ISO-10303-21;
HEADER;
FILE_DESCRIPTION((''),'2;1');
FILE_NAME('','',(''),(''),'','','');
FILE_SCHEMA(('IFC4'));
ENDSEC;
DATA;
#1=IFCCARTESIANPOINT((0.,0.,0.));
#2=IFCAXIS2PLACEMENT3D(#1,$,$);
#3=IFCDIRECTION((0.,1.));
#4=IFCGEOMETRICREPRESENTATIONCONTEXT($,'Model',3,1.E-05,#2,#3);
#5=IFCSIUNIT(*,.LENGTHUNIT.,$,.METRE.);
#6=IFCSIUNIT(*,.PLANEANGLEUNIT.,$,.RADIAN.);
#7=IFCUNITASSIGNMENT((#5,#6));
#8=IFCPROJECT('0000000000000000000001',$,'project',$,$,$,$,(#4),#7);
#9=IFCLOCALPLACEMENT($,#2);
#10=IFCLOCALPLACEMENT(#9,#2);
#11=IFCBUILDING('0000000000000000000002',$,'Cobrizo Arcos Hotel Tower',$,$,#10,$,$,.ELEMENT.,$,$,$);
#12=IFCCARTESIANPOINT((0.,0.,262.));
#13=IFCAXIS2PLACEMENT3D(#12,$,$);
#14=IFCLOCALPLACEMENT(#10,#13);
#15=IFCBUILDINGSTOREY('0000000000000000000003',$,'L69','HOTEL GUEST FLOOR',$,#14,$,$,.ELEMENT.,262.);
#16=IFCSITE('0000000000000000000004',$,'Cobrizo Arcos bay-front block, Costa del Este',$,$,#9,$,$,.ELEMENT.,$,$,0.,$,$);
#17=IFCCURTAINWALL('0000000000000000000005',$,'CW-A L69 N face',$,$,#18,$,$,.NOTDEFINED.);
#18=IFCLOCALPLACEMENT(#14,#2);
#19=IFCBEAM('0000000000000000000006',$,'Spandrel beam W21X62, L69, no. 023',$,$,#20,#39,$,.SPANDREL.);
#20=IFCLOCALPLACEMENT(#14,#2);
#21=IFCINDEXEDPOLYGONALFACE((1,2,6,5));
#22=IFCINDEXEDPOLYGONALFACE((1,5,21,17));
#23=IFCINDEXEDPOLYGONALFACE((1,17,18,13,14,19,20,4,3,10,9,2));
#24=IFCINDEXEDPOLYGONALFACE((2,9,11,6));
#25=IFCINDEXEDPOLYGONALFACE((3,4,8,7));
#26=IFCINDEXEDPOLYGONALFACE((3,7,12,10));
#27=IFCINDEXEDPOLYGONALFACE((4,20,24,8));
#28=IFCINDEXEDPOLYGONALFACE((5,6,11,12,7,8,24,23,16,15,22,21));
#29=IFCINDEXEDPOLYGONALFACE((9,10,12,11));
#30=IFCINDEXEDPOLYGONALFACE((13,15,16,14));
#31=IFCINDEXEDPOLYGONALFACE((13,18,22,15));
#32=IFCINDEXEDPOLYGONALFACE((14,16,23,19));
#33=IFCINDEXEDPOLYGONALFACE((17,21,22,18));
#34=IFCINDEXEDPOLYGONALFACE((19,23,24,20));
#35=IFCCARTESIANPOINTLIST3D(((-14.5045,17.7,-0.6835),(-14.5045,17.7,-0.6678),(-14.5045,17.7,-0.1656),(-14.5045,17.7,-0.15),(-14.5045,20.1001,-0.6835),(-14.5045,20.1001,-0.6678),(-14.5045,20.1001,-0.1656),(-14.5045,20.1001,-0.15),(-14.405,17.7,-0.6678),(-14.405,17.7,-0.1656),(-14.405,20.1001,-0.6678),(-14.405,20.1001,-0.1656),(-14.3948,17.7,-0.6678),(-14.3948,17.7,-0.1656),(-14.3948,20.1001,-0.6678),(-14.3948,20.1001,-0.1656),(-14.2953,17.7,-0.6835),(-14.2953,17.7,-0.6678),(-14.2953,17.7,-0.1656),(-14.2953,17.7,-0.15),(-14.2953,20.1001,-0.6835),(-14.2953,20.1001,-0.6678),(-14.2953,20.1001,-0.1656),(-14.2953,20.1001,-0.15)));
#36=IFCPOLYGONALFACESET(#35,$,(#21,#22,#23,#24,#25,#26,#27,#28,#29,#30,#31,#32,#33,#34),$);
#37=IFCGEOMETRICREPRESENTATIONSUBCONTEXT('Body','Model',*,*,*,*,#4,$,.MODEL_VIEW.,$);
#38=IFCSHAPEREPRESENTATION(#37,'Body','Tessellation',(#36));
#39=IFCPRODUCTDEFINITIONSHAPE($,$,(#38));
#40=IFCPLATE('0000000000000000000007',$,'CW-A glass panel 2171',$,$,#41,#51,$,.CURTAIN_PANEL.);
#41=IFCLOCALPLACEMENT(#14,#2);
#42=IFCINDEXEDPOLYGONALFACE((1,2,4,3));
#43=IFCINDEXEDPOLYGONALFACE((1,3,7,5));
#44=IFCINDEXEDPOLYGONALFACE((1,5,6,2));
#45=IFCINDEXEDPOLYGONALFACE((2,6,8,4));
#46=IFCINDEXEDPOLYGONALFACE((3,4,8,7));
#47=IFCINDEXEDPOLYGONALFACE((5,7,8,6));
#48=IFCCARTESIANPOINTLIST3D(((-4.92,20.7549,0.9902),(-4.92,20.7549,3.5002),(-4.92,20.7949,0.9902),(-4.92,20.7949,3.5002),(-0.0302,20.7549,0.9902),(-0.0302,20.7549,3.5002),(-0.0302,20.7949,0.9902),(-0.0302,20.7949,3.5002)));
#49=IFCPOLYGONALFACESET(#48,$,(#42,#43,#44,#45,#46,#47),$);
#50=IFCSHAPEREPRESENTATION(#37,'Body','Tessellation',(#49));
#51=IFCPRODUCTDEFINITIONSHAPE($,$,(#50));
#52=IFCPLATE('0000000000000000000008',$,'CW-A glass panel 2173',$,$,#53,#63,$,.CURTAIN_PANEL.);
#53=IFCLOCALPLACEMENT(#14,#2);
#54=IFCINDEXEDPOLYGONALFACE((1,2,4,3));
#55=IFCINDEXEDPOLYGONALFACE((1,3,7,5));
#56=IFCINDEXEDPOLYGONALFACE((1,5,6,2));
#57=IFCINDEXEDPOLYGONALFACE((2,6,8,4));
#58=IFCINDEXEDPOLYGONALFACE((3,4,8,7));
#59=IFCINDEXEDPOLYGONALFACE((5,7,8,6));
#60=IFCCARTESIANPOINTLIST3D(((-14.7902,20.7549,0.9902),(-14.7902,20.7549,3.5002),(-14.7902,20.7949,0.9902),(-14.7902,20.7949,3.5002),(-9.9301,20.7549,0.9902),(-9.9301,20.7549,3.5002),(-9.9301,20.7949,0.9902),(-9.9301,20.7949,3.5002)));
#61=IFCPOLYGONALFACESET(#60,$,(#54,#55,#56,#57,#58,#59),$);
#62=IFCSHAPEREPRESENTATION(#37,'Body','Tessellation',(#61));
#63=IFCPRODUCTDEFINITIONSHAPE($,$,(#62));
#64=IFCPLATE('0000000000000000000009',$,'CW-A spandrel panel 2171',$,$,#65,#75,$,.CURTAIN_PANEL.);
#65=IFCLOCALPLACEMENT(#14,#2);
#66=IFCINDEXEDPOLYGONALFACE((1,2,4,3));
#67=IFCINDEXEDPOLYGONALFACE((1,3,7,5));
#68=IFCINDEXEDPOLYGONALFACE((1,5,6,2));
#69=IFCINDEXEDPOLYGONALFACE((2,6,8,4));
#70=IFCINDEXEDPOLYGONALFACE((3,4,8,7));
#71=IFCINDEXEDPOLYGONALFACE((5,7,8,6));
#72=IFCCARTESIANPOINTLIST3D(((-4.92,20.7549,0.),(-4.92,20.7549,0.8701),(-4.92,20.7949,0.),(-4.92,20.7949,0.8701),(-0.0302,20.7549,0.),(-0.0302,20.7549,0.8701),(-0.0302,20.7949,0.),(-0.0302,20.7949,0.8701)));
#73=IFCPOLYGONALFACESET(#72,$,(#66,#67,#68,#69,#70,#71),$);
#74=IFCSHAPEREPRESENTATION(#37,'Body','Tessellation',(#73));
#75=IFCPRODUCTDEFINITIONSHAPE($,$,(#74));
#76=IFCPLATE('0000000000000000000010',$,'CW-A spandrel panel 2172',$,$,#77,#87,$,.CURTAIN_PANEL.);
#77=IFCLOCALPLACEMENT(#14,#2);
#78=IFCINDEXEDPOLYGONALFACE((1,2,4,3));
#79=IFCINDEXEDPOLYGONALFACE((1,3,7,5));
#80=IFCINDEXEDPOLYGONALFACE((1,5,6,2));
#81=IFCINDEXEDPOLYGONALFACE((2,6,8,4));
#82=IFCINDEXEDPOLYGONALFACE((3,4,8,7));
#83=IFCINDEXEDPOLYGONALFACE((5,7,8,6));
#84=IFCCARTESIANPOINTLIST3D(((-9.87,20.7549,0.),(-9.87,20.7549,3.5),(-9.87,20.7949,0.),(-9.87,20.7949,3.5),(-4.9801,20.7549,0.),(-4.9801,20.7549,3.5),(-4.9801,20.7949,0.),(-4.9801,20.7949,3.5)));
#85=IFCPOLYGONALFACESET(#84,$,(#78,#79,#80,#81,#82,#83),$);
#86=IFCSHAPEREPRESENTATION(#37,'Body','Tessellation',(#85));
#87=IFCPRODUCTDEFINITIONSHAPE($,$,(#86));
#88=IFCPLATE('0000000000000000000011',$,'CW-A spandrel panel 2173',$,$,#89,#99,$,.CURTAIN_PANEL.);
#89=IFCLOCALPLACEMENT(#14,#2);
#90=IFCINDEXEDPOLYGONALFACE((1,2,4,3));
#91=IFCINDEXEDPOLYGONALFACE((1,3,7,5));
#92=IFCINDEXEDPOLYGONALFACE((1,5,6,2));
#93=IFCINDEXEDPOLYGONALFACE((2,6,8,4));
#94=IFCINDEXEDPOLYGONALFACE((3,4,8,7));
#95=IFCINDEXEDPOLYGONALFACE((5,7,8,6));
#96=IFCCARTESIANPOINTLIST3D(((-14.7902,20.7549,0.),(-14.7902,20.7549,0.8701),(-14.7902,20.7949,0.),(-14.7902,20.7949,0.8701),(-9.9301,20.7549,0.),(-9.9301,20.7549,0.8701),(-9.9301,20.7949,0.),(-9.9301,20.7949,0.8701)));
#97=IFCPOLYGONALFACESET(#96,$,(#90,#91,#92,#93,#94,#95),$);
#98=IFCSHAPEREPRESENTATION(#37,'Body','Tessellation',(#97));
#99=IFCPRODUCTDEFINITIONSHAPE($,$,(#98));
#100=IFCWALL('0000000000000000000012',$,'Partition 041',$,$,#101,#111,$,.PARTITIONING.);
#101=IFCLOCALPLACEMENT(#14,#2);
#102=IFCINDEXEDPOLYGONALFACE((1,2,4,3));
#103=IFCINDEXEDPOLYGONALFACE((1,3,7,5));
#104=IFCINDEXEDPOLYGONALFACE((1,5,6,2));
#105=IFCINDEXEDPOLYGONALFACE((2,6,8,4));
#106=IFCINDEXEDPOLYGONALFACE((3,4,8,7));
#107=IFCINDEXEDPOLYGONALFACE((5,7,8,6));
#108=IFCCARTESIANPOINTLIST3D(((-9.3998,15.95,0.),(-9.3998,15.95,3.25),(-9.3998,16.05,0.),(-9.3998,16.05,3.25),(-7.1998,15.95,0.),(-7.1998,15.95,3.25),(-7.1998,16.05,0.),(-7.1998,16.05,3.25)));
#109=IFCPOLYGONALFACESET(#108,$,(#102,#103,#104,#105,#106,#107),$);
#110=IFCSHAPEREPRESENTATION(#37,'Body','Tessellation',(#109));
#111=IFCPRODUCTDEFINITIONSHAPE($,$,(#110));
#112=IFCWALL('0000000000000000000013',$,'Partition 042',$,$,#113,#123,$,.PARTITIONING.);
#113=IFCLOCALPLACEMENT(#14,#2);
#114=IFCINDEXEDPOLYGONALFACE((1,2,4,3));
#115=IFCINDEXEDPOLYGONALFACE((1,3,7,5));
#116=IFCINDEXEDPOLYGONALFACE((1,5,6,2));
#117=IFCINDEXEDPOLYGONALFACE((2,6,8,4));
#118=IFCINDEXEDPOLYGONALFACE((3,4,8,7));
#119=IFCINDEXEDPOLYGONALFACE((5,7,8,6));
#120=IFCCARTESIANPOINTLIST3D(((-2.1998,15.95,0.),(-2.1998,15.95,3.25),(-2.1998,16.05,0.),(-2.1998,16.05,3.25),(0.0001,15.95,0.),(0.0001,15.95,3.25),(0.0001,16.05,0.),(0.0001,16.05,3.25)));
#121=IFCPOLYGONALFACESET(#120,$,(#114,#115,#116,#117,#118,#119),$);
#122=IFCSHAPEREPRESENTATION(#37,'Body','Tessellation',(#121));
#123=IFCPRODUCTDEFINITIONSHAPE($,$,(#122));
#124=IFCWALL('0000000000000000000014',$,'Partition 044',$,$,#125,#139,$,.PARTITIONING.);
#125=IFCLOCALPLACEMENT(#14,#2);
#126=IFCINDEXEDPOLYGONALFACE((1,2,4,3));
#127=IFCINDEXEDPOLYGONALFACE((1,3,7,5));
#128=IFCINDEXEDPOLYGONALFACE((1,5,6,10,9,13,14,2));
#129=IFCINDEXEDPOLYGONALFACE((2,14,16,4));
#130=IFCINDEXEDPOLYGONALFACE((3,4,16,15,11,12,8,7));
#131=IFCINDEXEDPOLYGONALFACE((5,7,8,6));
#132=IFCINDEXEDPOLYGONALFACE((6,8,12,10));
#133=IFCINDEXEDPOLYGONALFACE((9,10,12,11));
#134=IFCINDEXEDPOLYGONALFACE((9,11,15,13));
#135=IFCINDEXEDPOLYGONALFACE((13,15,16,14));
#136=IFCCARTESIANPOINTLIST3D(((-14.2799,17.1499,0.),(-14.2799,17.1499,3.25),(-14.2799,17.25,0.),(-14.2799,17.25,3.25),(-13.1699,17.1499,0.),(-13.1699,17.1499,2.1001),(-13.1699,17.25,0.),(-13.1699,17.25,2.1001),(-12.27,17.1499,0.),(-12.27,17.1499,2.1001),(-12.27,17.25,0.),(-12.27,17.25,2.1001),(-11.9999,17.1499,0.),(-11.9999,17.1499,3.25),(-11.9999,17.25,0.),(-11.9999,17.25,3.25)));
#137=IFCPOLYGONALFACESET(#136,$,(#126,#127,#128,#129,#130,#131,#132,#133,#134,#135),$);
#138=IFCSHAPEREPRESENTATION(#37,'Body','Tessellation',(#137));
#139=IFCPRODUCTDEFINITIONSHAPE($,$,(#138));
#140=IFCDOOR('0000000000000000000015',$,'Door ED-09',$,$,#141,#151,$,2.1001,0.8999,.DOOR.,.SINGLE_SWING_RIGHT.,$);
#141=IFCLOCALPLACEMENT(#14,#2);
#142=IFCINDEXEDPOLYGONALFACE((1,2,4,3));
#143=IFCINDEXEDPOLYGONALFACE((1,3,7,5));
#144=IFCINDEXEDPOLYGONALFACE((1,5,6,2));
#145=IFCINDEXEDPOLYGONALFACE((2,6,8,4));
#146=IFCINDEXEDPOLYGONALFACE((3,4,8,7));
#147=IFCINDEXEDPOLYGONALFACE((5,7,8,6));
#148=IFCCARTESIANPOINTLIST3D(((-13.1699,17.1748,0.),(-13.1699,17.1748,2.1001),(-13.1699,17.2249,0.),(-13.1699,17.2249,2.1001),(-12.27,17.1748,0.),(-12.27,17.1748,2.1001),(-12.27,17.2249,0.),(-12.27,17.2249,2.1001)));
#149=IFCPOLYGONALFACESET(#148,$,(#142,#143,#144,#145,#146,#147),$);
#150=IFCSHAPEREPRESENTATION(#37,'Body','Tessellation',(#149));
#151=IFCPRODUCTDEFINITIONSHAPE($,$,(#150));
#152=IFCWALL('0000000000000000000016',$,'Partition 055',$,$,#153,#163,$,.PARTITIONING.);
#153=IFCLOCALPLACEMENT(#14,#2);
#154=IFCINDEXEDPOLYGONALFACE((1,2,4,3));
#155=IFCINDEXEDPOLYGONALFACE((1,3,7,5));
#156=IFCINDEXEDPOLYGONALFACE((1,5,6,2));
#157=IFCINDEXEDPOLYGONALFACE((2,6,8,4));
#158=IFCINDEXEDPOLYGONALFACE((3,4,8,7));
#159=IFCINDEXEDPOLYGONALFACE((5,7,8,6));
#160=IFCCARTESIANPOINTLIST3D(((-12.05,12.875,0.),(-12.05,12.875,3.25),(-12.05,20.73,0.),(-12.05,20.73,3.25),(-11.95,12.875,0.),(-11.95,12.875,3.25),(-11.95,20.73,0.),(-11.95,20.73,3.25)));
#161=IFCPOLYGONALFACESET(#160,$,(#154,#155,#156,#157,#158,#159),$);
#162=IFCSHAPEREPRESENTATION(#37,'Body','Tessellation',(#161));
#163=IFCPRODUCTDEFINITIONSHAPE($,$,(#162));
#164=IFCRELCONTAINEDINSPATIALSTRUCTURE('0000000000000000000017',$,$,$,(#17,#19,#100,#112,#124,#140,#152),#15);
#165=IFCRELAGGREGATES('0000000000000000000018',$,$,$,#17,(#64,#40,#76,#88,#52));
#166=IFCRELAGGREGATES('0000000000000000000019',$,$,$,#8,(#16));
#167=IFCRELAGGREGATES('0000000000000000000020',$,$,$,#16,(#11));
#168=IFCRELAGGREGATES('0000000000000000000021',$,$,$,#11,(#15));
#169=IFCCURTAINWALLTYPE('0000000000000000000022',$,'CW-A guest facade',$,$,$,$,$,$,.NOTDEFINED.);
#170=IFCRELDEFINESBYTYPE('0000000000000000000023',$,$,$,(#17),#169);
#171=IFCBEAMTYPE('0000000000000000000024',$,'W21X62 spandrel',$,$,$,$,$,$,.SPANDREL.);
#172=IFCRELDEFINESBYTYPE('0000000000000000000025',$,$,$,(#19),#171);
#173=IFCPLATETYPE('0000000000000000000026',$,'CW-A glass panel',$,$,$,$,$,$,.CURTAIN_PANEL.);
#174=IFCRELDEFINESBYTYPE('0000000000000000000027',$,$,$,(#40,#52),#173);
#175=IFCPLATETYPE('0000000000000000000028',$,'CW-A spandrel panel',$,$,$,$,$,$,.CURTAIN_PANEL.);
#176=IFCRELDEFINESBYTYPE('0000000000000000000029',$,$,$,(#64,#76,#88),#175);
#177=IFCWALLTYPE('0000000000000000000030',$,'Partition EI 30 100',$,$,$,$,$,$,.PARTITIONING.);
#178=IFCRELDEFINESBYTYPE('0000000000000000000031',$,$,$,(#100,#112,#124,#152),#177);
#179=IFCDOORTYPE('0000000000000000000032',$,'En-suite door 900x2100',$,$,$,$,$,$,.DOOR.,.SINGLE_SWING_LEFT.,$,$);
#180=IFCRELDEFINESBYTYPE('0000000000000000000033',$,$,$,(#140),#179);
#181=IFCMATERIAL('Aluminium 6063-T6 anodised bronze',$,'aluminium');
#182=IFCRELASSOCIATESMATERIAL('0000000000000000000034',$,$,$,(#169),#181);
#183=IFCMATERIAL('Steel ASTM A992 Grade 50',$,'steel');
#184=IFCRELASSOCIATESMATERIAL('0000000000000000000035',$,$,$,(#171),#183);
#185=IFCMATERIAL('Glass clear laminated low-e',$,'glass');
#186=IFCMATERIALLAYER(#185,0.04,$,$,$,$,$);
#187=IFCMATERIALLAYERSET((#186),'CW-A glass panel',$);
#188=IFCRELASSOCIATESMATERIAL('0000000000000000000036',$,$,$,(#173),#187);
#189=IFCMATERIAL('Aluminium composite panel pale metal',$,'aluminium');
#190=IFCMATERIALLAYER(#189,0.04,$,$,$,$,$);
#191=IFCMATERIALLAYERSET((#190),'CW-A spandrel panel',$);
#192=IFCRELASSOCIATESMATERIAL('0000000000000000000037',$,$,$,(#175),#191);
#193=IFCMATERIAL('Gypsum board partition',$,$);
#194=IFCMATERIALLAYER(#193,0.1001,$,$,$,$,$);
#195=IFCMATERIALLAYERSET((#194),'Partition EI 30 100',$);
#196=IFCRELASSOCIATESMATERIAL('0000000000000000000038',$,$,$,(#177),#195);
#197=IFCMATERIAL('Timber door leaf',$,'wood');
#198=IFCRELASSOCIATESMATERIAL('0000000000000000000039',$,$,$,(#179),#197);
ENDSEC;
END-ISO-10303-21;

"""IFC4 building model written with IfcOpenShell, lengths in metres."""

from ifc_helpers import new_model, si_unit, direction, frame, frame_2d, origin, origin_2d, place, context, subcontext, project, spatial, rectangle, i_section, extrude, material, layer, layer_set, material_profile, profile_set, type_object, element, fill, aggregate, save


model = new_model("IFC4")

# Units and contexts
model_context = context("Model", 3, precision=1e-05, world=origin(), true_north=direction((0.0, 1.0)))
body_context = subcontext(model_context, "Body", "Model", "MODEL_VIEW")
ifc_project = project(units=[si_unit("LENGTHUNIT", "METRE"), si_unit("PLANEANGLEUNIT", "RADIAN")], contexts=[model_context])

# Site, building, storey
site_placement = place(None, origin())
site = spatial("IfcSite", under=ifc_project, at=site_placement, Name="Cobrizo Arcos bay-front block, Costa del Este", CompositionType="ELEMENT", RefElevation=0.0)
building_placement = place(site_placement, origin())
building = spatial("IfcBuilding", under=site, at=building_placement, Name="Cobrizo Arcos Hotel Tower", CompositionType="ELEMENT")
storey_placement = place(building_placement, frame((0.0, 0.0, 262.0)))
storey = spatial("IfcBuildingStorey", under=building, at=storey_placement, Name="L69", Description="HOTEL GUEST FLOOR", CompositionType="ELEMENT", Elevation=262.0)

# Curtain wall
ifc_material_1 = material(Name="Aluminium 6063-T6 anodised bronze", Category="aluminium")
curtain_wall_type = type_object("IfcCurtainWallType", Name="CW-A guest facade", PredefinedType="NOTDEFINED", material=ifc_material_1)
curtain_wall_placement = place(storey_placement, origin())
curtain_wall = element("IfcCurtainWall", 1, at=curtain_wall_placement, inside=storey, type_object=curtain_wall_type, Name="CW-A L69 N face", PredefinedType="NOTDEFINED")

# Beam
ifc_material_2 = material(Name="Steel ASTM A992 Grade 50", Category="steel")
ifc_material_profile_1 = material_profile(ifc_material_2, i_section(OverallWidth=0.2092, OverallDepth=0.5334, WebThickness=0.0103, FlangeThickness=0.0156, at=origin_2d()), Name="W21X62")
ifc_profile_set_1 = profile_set([ifc_material_profile_1], Name="Steel ASTM A992 Grade 50")
beam_type = type_object("IfcBeamType", Name="W21X62 spandrel", PredefinedType="SPANDREL", material=ifc_profile_set_1)
beam_1_placement = place(storey_placement, frame((-14.3999, 20.1001, -0.4167), z_axis=(0.0, -1.0, 0.0), x_axis=(1.0, 0.0, 0.0)))
element("IfcBeam", 2, at=beam_1_placement, inside=storey, type_object=beam_type, Name="Spandrel beam W21X62, L69, no. 023", PredefinedType="SPANDREL", context=body_context, shape_type="SweptSolid", body=[
    extrude(i_section(OverallWidth=0.2092, OverallDepth=0.5334, WebThickness=0.0103, FlangeThickness=0.0156, at=origin_2d()), origin(), (0.0, 0.0, 1.0), 2.4001),
])

# Plates
ifc_material_3 = material(Name="Glass clear laminated low-e", Category="glass")
ifc_layer_1 = layer(ifc_material_3, 0.04)
ifc_layer_set_1 = layer_set([ifc_layer_1], Name="CW-A glass panel")
plate_type_1 = type_object("IfcPlateType", Name="CW-A glass panel", PredefinedType="CURTAIN_PANEL", material=ifc_layer_set_1)
plate_1_placement = place(storey_placement, frame((-2.4751, 20.7749, 0.9902), z_axis=(0.0, 0.0, 1.0), x_axis=(-1.0, 0.0, 0.0)))
plate_1 = element("IfcPlate", 3, at=plate_1_placement, type_object=plate_type_1, Name="CW-A glass panel 2171", PredefinedType="CURTAIN_PANEL", context=body_context, shape_type="SweptSolid", body=[
    extrude(rectangle(XDim=4.8899, YDim=0.04, at=origin_2d()), origin(), (0.0, 0.0, 1.0), 2.51),
])
plate_2_placement = place(storey_placement, frame((-12.3601, 20.7749, 0.9902), z_axis=(0.0, 0.0, 1.0), x_axis=(-1.0, 0.0, 0.0)))
plate_2 = element("IfcPlate", 4, at=plate_2_placement, type_object=plate_type_1, Name="CW-A glass panel 2173", PredefinedType="CURTAIN_PANEL", context=body_context, shape_type="SweptSolid", body=[
    extrude(rectangle(XDim=4.8601, YDim=0.04, at=origin_2d()), origin(), (0.0, 0.0, 1.0), 2.51),
])
ifc_material_4 = material(Name="Aluminium composite panel pale metal", Category="aluminium")
ifc_layer_2 = layer(ifc_material_4, 0.04)
ifc_layer_set_2 = layer_set([ifc_layer_2], Name="CW-A spandrel panel")
plate_type_2 = type_object("IfcPlateType", Name="CW-A spandrel panel", PredefinedType="CURTAIN_PANEL", material=ifc_layer_set_2)
plate_3_placement = place(storey_placement, frame((-2.4751, 20.7749, 0.0), z_axis=(0.0, 0.0, 1.0), x_axis=(-1.0, 0.0, 0.0)))
plate_3 = element("IfcPlate", 5, at=plate_3_placement, type_object=plate_type_2, Name="CW-A spandrel panel 2171", PredefinedType="CURTAIN_PANEL", context=body_context, shape_type="SweptSolid", body=[
    extrude(rectangle(XDim=4.8899, YDim=0.04, at=origin_2d()), origin(), (0.0, 0.0, 1.0), 0.8701),
])
plate_4_placement = place(storey_placement, frame((-7.425, 20.7749, 0.0), z_axis=(0.0, 0.0, 1.0), x_axis=(-1.0, 0.0, 0.0)))
plate_4 = element("IfcPlate", 6, at=plate_4_placement, type_object=plate_type_2, Name="CW-A spandrel panel 2172", PredefinedType="CURTAIN_PANEL", context=body_context, shape_type="SweptSolid", body=[
    extrude(rectangle(XDim=4.8899, YDim=0.04, at=origin_2d()), origin(), (0.0, 0.0, 1.0), 3.5),
])
plate_5_placement = place(storey_placement, frame((-12.3601, 20.7749, 0.0), z_axis=(0.0, 0.0, 1.0), x_axis=(-1.0, 0.0, 0.0)))
plate_5 = element("IfcPlate", 7, at=plate_5_placement, type_object=plate_type_2, Name="CW-A spandrel panel 2173", PredefinedType="CURTAIN_PANEL", context=body_context, shape_type="SweptSolid", body=[
    extrude(rectangle(XDim=4.8601, YDim=0.04, at=origin_2d()), origin(), (0.0, 0.0, 1.0), 0.8701),
])
aggregate(curtain_wall, [plate_3, plate_1, plate_4, plate_5, plate_2])

# Walls
ifc_material_5 = material(Name="Gypsum board partition")
ifc_layer_3 = layer(ifc_material_5, 0.1001)
ifc_layer_set_3 = layer_set([ifc_layer_3], Name="Partition EI 30 100")
wall_type = type_object("IfcWallType", Name="Partition EI 30 100", PredefinedType="PARTITIONING", material=ifc_layer_set_3)
for number, where, z_axis, x_axis, name in (
    (8, (-9.3999, 16.0, 0.0), (0.0, 0.0, 1.0), (1.0, 0.0, 0.0), "Partition 041"),
    (9, (-2.2, 16.0, 0.0), (0.0, 0.0, 1.0), (1.0, 0.0, 0.0), "Partition 042"),
):
    element("IfcWall", number, at=place(storey_placement, frame(where, z_axis=z_axis, x_axis=x_axis)), inside=storey, type_object=wall_type, Name=name, PredefinedType="PARTITIONING", context=body_context, shape_type="SweptSolid", body=[
        extrude(rectangle(XDim=2.2, YDim=0.1001, at=frame_2d((1.1001, 0.0))), origin(), (0.0, 0.0, 1.0), 3.25),
    ])

# Wall, opening, door
wall_1_placement = place(storey_placement, frame((-14.28, 17.2, 0.0), z_axis=(0.0, 0.0, 1.0), x_axis=(1.0, 0.0, 0.0)))
wall_1 = element("IfcWall", 10, at=wall_1_placement, inside=storey, type_object=wall_type, Name="Partition 044", PredefinedType="PARTITIONING", context=body_context, shape_type="SweptSolid", body=[
    extrude(rectangle(XDim=2.28, YDim=0.1001, at=frame_2d((1.1401, 0.0))), origin(), (0.0, 0.0, 1.0), 3.25),
])
opening_1_placement = place(wall_1_placement, frame((1.1101, 0.0, 0.0)))
opening_1 = element("IfcOpeningElement", 11, at=opening_1_placement, cuts=wall_1, PredefinedType="OPENING", context=body_context, shape_type="SweptSolid", body=[
    extrude(rectangle(XDim=0.8999, YDim=2.1001, at=frame_2d((0.45, 1.05))), frame((0.0, 0.062, 0.0), z_axis=(0.0, -1.0, 0.0), x_axis=(1.0, 0.0, 0.0)), (0.0, 0.0, 1.0), 0.124),
])
ifc_material_6 = material(Name="Timber door leaf", Category="wood")
door_type = type_object("IfcDoorType", Name="En-suite door 900x2100", OperationType="SINGLE_SWING_LEFT", PredefinedType="DOOR", material=ifc_material_6)
door_1_placement = place(opening_1_placement, origin())
door_1 = element("IfcDoor", 12, at=door_1_placement, inside=storey, type_object=door_type, Name="Door ED-09", OperationType="SINGLE_SWING_RIGHT", OverallHeight=2.1001, OverallWidth=0.8999, PredefinedType="DOOR", context=body_context, shape_type="SweptSolid", body=[
    extrude(rectangle(XDim=0.8999, YDim=2.1001, at=frame_2d((0.45, 1.05))), frame((0.0, 0.0249, 0.0), z_axis=(0.0, -1.0, 0.0), x_axis=(1.0, 0.0, 0.0)), (0.0, 0.0, 1.0), 0.05),
])
fill(opening_1, door_1)

# Wall
wall_2_placement = place(storey_placement, frame((-12.0, 12.875, 0.0), z_axis=(0.0, 0.0, 1.0), x_axis=(0.0, 1.0, 0.0)))
element("IfcWall", 13, at=wall_2_placement, inside=storey, type_object=wall_type, Name="Partition 055", PredefinedType="PARTITIONING", context=body_context, shape_type="SweptSolid", body=[
    extrude(rectangle(XDim=7.855, YDim=0.1001, at=frame_2d((3.9275, 0.0))), origin(), (0.0, 0.0, 1.0), 3.25),
])

save(model, "model.ifc")
